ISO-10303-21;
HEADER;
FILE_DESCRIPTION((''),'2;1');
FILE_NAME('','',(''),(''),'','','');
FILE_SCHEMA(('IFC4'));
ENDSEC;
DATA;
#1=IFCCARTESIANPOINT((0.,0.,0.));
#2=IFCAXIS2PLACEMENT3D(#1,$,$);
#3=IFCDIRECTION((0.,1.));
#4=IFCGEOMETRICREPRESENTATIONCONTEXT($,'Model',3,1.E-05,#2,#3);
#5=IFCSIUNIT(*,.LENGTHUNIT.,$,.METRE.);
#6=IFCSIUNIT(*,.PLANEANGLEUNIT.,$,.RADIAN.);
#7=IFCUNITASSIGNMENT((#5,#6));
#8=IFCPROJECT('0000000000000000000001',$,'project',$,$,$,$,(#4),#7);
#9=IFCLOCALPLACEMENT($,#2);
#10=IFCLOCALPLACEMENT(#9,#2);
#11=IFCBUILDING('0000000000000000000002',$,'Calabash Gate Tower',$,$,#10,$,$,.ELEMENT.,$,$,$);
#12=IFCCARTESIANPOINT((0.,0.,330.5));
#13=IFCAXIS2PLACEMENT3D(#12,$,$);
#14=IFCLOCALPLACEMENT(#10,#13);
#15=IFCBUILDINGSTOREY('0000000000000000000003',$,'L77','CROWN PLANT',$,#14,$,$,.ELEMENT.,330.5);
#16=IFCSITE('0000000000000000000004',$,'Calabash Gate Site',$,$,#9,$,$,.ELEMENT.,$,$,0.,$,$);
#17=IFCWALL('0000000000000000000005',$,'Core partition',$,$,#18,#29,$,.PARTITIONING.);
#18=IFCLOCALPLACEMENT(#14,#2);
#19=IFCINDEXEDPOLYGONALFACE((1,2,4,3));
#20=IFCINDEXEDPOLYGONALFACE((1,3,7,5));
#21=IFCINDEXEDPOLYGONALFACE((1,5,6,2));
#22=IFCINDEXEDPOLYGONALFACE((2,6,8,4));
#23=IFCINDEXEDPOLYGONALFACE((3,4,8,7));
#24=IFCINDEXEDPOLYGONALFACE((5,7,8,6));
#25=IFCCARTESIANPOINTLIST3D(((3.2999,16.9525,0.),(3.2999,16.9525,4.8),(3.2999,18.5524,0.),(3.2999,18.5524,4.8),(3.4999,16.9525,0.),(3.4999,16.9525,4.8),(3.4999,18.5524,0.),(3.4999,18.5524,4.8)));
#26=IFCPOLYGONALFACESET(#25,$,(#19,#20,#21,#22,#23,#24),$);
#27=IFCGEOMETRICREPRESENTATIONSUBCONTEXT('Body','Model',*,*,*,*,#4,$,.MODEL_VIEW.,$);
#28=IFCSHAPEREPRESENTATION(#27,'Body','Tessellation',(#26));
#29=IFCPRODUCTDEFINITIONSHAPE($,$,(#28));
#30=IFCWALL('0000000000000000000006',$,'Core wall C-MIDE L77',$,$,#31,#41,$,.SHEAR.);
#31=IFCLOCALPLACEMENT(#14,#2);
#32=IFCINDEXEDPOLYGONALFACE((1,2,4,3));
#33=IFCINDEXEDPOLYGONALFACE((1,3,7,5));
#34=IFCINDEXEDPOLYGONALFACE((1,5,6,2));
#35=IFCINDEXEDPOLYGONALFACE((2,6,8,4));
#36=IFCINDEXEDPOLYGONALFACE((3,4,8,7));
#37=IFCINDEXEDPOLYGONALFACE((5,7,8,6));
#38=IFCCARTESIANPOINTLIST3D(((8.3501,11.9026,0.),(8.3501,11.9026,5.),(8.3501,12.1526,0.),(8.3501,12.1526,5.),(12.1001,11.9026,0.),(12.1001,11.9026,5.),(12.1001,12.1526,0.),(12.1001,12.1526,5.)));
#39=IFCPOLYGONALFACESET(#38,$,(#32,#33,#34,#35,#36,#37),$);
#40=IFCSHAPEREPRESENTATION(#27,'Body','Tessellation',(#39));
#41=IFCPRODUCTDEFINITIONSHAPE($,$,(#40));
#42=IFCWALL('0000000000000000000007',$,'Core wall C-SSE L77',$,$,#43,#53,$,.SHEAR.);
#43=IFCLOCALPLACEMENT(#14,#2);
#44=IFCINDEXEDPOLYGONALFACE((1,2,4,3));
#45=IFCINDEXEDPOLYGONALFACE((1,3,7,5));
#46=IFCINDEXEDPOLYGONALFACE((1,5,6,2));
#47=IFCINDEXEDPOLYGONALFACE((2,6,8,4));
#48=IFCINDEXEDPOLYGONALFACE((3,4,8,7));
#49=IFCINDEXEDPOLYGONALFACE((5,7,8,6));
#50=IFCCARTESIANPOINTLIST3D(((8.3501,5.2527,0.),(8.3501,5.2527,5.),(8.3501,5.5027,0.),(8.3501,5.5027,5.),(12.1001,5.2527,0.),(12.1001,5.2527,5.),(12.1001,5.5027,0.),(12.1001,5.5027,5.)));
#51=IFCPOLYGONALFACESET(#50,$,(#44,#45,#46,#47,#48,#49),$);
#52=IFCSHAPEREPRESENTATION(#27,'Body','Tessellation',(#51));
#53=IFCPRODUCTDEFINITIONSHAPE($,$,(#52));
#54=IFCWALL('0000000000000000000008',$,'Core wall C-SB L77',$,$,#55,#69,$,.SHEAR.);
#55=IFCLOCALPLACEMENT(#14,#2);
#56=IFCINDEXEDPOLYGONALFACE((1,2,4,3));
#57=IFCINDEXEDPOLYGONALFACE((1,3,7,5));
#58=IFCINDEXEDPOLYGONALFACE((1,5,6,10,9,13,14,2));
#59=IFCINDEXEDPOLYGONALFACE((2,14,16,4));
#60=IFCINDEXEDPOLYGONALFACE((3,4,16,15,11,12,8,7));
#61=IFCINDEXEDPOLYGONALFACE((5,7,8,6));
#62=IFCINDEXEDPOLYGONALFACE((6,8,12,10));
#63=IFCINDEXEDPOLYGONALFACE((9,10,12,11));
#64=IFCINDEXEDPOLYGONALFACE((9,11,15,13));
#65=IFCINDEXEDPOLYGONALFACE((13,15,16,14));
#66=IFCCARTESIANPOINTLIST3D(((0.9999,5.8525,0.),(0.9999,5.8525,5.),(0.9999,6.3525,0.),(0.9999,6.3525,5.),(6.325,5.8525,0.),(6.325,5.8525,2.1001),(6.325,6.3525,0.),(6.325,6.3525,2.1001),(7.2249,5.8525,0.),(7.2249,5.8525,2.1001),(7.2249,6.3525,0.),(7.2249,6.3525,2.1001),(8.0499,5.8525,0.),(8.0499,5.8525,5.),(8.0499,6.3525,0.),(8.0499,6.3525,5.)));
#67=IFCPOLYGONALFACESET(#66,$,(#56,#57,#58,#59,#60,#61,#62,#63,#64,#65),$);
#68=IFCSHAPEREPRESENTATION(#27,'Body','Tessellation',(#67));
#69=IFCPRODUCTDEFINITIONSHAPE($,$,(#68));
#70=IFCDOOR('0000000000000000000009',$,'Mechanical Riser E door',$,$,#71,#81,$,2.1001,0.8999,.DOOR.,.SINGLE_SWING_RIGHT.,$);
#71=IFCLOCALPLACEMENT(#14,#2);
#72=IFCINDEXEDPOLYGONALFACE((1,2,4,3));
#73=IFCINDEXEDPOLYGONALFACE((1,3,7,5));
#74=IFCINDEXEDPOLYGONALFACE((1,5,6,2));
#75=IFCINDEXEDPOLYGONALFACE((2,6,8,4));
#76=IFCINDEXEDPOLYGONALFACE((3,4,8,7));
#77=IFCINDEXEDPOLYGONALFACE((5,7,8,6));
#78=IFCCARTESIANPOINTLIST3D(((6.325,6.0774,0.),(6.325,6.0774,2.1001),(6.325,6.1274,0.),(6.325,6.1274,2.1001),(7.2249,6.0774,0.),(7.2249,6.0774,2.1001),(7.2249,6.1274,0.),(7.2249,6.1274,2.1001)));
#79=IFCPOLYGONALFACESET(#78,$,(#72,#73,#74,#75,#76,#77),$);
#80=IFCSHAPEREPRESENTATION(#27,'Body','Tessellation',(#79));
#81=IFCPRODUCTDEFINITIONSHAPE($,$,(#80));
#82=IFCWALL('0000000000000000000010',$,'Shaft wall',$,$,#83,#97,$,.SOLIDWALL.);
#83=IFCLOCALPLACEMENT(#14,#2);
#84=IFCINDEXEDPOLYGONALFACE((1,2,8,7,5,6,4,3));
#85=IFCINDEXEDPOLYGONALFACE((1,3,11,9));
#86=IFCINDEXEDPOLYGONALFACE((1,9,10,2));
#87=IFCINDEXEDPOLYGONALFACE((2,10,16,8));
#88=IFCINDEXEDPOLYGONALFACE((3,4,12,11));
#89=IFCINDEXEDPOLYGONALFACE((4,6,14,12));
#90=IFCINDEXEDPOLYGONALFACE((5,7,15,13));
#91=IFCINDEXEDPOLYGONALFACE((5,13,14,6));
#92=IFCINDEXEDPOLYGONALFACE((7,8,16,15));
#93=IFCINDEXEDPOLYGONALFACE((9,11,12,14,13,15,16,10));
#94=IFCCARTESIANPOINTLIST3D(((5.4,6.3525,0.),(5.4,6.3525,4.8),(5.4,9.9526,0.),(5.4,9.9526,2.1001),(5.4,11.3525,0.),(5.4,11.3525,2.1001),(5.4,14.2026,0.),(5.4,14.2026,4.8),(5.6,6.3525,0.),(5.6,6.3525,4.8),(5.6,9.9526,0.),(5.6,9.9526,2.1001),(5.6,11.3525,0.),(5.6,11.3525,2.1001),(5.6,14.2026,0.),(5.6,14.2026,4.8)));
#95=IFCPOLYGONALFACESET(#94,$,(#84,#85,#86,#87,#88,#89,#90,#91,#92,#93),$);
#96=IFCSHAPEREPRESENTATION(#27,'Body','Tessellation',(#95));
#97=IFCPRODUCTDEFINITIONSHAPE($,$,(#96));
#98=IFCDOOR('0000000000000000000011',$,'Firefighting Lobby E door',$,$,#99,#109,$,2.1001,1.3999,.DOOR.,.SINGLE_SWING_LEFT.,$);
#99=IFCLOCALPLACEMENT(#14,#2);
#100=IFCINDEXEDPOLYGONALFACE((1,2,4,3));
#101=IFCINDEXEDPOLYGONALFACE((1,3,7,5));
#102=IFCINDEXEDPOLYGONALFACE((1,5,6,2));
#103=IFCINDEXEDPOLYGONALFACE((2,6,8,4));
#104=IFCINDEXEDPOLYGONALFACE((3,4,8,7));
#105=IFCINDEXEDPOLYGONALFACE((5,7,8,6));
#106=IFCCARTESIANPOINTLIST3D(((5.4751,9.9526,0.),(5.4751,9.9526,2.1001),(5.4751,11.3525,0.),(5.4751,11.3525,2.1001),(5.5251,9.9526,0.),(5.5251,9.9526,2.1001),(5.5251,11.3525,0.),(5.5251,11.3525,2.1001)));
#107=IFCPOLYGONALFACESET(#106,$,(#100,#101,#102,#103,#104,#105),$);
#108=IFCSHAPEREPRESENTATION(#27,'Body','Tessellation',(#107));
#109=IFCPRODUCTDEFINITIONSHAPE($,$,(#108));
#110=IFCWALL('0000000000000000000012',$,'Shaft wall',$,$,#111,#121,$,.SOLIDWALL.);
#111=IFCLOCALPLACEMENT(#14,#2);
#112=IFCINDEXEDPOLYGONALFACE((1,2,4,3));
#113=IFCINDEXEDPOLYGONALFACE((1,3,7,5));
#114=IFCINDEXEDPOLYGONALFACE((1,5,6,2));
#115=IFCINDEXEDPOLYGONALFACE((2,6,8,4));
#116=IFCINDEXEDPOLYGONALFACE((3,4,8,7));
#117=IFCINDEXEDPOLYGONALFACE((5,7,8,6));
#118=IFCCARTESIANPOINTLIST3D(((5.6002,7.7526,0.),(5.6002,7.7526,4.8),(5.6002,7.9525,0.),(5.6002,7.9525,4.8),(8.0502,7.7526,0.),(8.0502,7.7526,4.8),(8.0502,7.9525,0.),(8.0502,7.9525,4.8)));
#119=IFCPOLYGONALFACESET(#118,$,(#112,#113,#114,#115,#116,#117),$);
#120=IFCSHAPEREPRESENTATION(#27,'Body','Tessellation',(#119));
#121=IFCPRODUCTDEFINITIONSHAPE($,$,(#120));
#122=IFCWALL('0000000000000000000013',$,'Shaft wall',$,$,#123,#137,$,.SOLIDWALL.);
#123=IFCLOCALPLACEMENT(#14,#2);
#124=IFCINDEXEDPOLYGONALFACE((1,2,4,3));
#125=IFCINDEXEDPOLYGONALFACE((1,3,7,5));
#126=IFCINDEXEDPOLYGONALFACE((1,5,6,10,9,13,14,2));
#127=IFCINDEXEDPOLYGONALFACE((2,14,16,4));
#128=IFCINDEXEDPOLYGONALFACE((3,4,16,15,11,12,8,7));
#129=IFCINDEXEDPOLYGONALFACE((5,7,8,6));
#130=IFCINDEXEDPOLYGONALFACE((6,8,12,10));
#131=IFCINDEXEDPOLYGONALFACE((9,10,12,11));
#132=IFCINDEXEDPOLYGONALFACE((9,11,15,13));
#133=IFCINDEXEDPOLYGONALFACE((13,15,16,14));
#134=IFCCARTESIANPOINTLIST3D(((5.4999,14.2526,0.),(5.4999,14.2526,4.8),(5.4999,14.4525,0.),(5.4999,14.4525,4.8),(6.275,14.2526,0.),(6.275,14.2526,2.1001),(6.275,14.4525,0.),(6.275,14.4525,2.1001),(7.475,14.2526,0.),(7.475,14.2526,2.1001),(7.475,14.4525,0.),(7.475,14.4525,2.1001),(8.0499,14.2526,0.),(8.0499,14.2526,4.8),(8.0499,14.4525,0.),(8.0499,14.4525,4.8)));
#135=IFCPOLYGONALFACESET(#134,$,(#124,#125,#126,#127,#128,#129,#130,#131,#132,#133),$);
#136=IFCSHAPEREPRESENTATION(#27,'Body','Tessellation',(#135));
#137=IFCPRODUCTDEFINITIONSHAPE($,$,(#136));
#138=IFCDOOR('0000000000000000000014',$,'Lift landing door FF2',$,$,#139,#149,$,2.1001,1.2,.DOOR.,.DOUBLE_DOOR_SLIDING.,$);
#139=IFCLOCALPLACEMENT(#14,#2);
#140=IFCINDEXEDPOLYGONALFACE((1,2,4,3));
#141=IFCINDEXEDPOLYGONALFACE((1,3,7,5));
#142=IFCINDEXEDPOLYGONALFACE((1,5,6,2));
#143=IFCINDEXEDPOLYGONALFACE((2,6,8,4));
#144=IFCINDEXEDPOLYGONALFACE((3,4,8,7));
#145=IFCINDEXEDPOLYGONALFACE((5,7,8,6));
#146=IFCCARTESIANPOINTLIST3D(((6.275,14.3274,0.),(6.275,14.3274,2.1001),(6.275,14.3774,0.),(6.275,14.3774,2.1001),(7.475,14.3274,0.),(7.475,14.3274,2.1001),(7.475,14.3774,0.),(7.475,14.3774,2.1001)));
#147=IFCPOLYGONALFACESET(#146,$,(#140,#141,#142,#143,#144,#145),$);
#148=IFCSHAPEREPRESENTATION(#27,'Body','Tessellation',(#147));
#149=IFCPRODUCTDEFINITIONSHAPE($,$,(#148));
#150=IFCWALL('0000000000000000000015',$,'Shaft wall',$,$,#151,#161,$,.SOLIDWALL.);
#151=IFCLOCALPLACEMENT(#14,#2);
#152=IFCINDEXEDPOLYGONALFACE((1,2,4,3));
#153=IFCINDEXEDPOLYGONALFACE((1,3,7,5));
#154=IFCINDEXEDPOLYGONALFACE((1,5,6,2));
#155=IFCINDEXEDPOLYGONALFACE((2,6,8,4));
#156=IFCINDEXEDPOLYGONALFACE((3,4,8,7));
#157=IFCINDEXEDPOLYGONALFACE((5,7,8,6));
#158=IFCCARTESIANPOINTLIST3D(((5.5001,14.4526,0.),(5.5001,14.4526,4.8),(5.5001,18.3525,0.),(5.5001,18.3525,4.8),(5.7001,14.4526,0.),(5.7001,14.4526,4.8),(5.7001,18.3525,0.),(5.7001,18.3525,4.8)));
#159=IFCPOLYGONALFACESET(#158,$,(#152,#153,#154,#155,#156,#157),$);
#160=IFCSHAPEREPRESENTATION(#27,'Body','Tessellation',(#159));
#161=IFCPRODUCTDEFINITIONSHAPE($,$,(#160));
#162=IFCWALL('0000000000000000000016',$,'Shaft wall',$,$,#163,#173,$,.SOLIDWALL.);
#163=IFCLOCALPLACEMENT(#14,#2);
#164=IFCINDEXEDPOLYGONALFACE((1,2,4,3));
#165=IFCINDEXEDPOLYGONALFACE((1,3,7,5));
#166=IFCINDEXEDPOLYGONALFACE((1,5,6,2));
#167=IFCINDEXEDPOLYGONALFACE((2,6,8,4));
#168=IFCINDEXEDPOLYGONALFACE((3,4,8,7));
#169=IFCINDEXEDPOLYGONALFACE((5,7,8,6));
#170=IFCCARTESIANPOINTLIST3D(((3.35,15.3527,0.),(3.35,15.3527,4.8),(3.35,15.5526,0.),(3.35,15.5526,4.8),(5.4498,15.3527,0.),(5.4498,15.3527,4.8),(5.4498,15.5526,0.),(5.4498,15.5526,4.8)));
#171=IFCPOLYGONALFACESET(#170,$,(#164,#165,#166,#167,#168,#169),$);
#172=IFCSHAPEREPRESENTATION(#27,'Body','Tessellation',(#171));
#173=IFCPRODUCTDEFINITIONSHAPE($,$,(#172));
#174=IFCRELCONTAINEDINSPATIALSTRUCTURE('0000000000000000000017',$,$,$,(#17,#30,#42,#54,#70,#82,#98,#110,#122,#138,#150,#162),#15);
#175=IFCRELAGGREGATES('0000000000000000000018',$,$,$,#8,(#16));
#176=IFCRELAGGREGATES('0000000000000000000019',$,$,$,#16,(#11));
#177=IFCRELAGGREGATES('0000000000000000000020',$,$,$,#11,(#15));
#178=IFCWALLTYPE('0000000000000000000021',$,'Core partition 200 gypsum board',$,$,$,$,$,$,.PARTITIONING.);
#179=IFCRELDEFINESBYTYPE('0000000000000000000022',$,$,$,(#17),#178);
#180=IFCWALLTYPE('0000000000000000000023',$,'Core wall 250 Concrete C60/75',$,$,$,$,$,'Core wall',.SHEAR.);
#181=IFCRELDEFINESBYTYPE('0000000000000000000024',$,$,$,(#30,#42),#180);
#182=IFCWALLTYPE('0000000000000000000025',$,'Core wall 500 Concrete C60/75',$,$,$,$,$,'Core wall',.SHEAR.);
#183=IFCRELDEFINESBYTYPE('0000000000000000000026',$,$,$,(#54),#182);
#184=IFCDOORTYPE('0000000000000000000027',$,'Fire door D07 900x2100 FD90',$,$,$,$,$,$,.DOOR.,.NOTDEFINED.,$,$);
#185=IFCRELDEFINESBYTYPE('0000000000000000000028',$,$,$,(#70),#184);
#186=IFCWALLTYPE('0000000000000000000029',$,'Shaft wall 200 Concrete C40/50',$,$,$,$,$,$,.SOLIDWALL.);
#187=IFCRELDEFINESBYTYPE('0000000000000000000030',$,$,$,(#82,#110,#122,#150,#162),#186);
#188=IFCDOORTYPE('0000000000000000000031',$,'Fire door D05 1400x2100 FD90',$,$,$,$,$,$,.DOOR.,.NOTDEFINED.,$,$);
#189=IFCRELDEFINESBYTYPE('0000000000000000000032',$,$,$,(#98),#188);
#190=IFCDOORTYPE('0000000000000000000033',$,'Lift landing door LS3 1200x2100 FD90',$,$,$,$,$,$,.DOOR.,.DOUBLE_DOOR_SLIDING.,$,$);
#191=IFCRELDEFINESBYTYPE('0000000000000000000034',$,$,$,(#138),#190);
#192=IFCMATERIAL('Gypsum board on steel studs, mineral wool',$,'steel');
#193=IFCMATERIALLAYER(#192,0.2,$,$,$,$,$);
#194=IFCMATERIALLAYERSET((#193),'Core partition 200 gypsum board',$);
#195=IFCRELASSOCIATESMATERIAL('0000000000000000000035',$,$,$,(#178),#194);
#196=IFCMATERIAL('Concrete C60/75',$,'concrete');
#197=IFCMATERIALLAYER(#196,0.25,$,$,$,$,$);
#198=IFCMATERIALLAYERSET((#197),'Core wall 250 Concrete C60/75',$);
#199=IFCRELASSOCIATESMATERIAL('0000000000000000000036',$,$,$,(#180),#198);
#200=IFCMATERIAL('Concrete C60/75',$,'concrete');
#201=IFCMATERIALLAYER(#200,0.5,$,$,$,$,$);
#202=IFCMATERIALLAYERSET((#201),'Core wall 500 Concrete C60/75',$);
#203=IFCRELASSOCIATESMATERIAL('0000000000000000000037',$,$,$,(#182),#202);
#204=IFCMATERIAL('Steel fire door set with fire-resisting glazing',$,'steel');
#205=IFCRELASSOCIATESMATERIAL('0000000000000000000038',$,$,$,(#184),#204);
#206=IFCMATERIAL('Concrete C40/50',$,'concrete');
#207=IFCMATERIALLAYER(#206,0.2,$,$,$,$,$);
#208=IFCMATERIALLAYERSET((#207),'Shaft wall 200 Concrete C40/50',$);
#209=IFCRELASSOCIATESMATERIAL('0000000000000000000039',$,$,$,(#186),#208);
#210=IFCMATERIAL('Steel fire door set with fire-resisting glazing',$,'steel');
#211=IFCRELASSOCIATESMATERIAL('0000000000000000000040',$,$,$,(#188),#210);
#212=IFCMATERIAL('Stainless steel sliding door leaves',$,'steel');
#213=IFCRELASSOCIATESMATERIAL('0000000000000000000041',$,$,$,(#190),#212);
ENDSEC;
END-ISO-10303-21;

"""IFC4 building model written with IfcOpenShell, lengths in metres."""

from ifc_helpers import new_model, si_unit, direction, frame, frame_2d, origin, place, context, subcontext, project, spatial, rectangle, extrude, material, layer, layer_set, type_object, element, fill, save


model = new_model("IFC4")

# Units and contexts
model_context = context("Model", 3, precision=1e-05, world=origin(), true_north=direction((0.0, 1.0)))
body_context = subcontext(model_context, "Body", "Model", "MODEL_VIEW")
ifc_project = project(units=[si_unit("LENGTHUNIT", "METRE"), si_unit("PLANEANGLEUNIT", "RADIAN")], contexts=[model_context])

# Site, building, storey
site_placement = place(None, origin())
site = spatial("IfcSite", under=ifc_project, at=site_placement, Name="Calabash Gate Site", CompositionType="ELEMENT", RefElevation=0.0)
building_placement = place(site_placement, origin())
building = spatial("IfcBuilding", under=site, at=building_placement, Name="Calabash Gate Tower", CompositionType="ELEMENT")
storey_placement = place(building_placement, frame((0.0, 0.0, 330.5)))
storey = spatial("IfcBuildingStorey", under=building, at=storey_placement, Name="L77", Description="CROWN PLANT", CompositionType="ELEMENT", Elevation=330.5)

# Shared definitions
ifc_material_1 = material(Name="Gypsum board on steel studs, mineral wool", Category="steel")
ifc_layer_1 = layer(ifc_material_1, 0.2)
ifc_layer_set_1 = layer_set([ifc_layer_1], Name="Core partition 200 gypsum board")
wall_type_1 = type_object("IfcWallType", Name="Core partition 200 gypsum board", PredefinedType="PARTITIONING", material=ifc_layer_set_1)

# Walls
for number, where, z_axis, x_axis, name in (
    (1, (3.3999, 16.9526, 0.0), (0.0, 0.0, 1.0), (0.0, 1.0, 0.0), "Core partition"),
):
    element("IfcWall", number, at=place(storey_placement, frame(where, z_axis=z_axis, x_axis=x_axis)), inside=storey, type_object=wall_type_1, Name=name, PredefinedType="PARTITIONING", context=body_context, shape_type="SweptSolid", body=[
        extrude(rectangle(XDim=1.5999, YDim=0.2, at=frame_2d((0.7998, 0.0))), origin(), (0.0, 0.0, 1.0), 4.8),
    ])
ifc_material_2 = material(Name="Concrete C60/75", Category="concrete")
ifc_layer_2 = layer(ifc_material_2, 0.25)
ifc_layer_set_2 = layer_set([ifc_layer_2], Name="Core wall 250 Concrete C60/75")
wall_type_2 = type_object("IfcWallType", Name="Core wall 250 Concrete C60/75", ElementType="Core wall", PredefinedType="SHEAR", material=ifc_layer_set_2)
for number, where, z_axis, x_axis, name in (
    (2, (8.3501, 12.0276, 0.0), (0.0, 0.0, 1.0), (1.0, 0.0, 0.0), "Core wall C-MIDE L77"),
    (3, (8.3501, 5.3777, 0.0), (0.0, 0.0, 1.0), (1.0, 0.0, 0.0), "Core wall C-SSE L77"),
):
    element("IfcWall", number, at=place(storey_placement, frame(where, z_axis=z_axis, x_axis=x_axis)), inside=storey, type_object=wall_type_2, Name=name, PredefinedType="SHEAR", context=body_context, shape_type="SweptSolid", body=[
        extrude(rectangle(XDim=3.75, YDim=0.25, at=frame_2d((1.875, 0.0))), origin(), (0.0, 0.0, 1.0), 5.0),
    ])

# Walls, openings, doors
ifc_material_3 = material(Name="Concrete C60/75", Category="concrete")
ifc_layer_3 = layer(ifc_material_3, 0.5)
ifc_layer_set_3 = layer_set([ifc_layer_3], Name="Core wall 500 Concrete C60/75")
wall_type_3 = type_object("IfcWallType", Name="Core wall 500 Concrete C60/75", ElementType="Core wall", PredefinedType="SHEAR", material=ifc_layer_set_3)
wall_1_placement = place(storey_placement, frame((1.0, 6.1025, 0.0), z_axis=(0.0, 0.0, 1.0), x_axis=(1.0, 0.0, 0.0)))
wall_1 = element("IfcWall", 4, at=wall_1_placement, inside=storey, type_object=wall_type_3, Name="Core wall C-SB L77", PredefinedType="SHEAR", context=body_context, shape_type="SweptSolid", body=[
    extrude(rectangle(XDim=7.05, YDim=0.5, at=frame_2d((3.5249, 0.0))), origin(), (0.0, 0.0, 1.0), 5.0),
])
opening_1_placement = place(wall_1_placement, frame((5.325, 0.0, 0.0)))
opening_1 = element("IfcOpeningElement", 5, at=opening_1_placement, cuts=wall_1, PredefinedType="OPENING", context=body_context, shape_type="SweptSolid", body=[
    extrude(rectangle(XDim=0.8999, YDim=2.1001, at=frame_2d((0.45, 1.05))), frame((0.0, 0.26, 0.0), z_axis=(0.0, -1.0, 0.0), x_axis=(1.0, 0.0, 0.0)), (0.0, 0.0, 1.0), 0.52),
])
ifc_material_4 = material(Name="Steel fire door set with fire-resisting glazing", Category="steel")
door_type_1 = type_object("IfcDoorType", Name="Fire door D07 900x2100 FD90", OperationType="NOTDEFINED", PredefinedType="DOOR", material=ifc_material_4)
door_1_placement = place(opening_1_placement, origin())
door_1 = element("IfcDoor", 6, at=door_1_placement, inside=storey, type_object=door_type_1, Name="Mechanical Riser E door", OperationType="SINGLE_SWING_RIGHT", OverallHeight=2.1001, OverallWidth=0.8999, PredefinedType="DOOR", context=body_context, shape_type="SweptSolid", body=[
    extrude(rectangle(XDim=0.8999, YDim=2.1001, at=frame_2d((0.45, 1.05))), frame((0.0, 0.0249, 0.0), z_axis=(0.0, -1.0, 0.0), x_axis=(1.0, 0.0, 0.0)), (0.0, 0.0, 1.0), 0.05),
])
fill(opening_1, door_1)
ifc_material_5 = material(Name="Concrete C40/50", Category="concrete")
ifc_layer_4 = layer(ifc_material_5, 0.2)
ifc_layer_set_4 = layer_set([ifc_layer_4], Name="Shaft wall 200 Concrete C40/50")
wall_type_4 = type_object("IfcWallType", Name="Shaft wall 200 Concrete C40/50", PredefinedType="SOLIDWALL", material=ifc_layer_set_4)
wall_2_placement = place(storey_placement, frame((5.5, 6.3525, 0.0), z_axis=(0.0, 0.0, 1.0), x_axis=(0.0, 1.0, 0.0)))
wall_2 = element("IfcWall", 7, at=wall_2_placement, inside=storey, type_object=wall_type_4, Name="Shaft wall", PredefinedType="SOLIDWALL", context=body_context, shape_type="SweptSolid", body=[
    extrude(rectangle(XDim=7.8501, YDim=0.2, at=frame_2d((3.925, 0.0))), origin(), (0.0, 0.0, 1.0), 4.8),
])
opening_2_placement = place(wall_2_placement, frame((3.6001, 0.0, 0.0)))
opening_2 = element("IfcOpeningElement", 8, at=opening_2_placement, cuts=wall_2, PredefinedType="OPENING", context=body_context, shape_type="SweptSolid", body=[
    extrude(rectangle(XDim=1.3999, YDim=2.1001, at=frame_2d((0.7, 1.05))), frame((0.0, 0.1099, 0.0), z_axis=(0.0, -1.0, 0.0), x_axis=(1.0, 0.0, 0.0)), (0.0, 0.0, 1.0), 0.22),
])
ifc_material_6 = material(Name="Steel fire door set with fire-resisting glazing", Category="steel")
door_type_2 = type_object("IfcDoorType", Name="Fire door D05 1400x2100 FD90", OperationType="NOTDEFINED", PredefinedType="DOOR", material=ifc_material_6)
door_2_placement = place(opening_2_placement, origin())
door_2 = element("IfcDoor", 9, at=door_2_placement, inside=storey, type_object=door_type_2, Name="Firefighting Lobby E door", OperationType="SINGLE_SWING_LEFT", OverallHeight=2.1001, OverallWidth=1.3999, PredefinedType="DOOR", context=body_context, shape_type="SweptSolid", body=[
    extrude(rectangle(XDim=1.3999, YDim=2.1001, at=frame_2d((0.7, 1.05))), frame((0.0, 0.0249, 0.0), z_axis=(0.0, -1.0, 0.0), x_axis=(1.0, 0.0, 0.0)), (0.0, 0.0, 1.0), 0.05),
])
fill(opening_2, door_2)

# Wall
wall_3_placement = place(storey_placement, frame((5.6001, 7.8525, 0.0), z_axis=(0.0, 0.0, 1.0), x_axis=(1.0, 0.0, 0.0)))
element("IfcWall", 10, at=wall_3_placement, inside=storey, type_object=wall_type_4, Name="Shaft wall", PredefinedType="SOLIDWALL", context=body_context, shape_type="SweptSolid", body=[
    extrude(rectangle(XDim=2.45, YDim=0.2, at=frame_2d((1.2251, 0.0))), origin(), (0.0, 0.0, 1.0), 4.8),
])

# Wall, opening, door
wall_4_placement = place(storey_placement, frame((5.5, 14.3525, 0.0), z_axis=(0.0, 0.0, 1.0), x_axis=(1.0, 0.0, 0.0)))
wall_4 = element("IfcWall", 11, at=wall_4_placement, inside=storey, type_object=wall_type_4, Name="Shaft wall", PredefinedType="SOLIDWALL", context=body_context, shape_type="SweptSolid", body=[
    extrude(rectangle(XDim=2.55, YDim=0.2, at=frame_2d((1.2749, 0.0))), origin(), (0.0, 0.0, 1.0), 4.8),
])
opening_3_placement = place(wall_4_placement, frame((0.7749, 0.0, 0.0)))
opening_3 = element("IfcOpeningElement", 12, at=opening_3_placement, cuts=wall_4, PredefinedType="OPENING", context=body_context, shape_type="SweptSolid", body=[
    extrude(rectangle(XDim=1.2, YDim=2.1001, at=frame_2d((0.6001, 1.05))), frame((0.0, 0.1099, 0.0), z_axis=(0.0, -1.0, 0.0), x_axis=(1.0, 0.0, 0.0)), (0.0, 0.0, 1.0), 0.22),
])
ifc_material_7 = material(Name="Stainless steel sliding door leaves", Category="steel")
door_type_3 = type_object("IfcDoorType", Name="Lift landing door LS3 1200x2100 FD90", OperationType="DOUBLE_DOOR_SLIDING", PredefinedType="DOOR", material=ifc_material_7)
door_3_placement = place(opening_3_placement, origin())
door_3 = element("IfcDoor", 13, at=door_3_placement, inside=storey, type_object=door_type_3, Name="Lift landing door FF2", OperationType="DOUBLE_DOOR_SLIDING", OverallHeight=2.1001, OverallWidth=1.2, PredefinedType="DOOR", context=body_context, shape_type="SweptSolid", body=[
    extrude(rectangle(XDim=1.2, YDim=2.1001, at=frame_2d((0.6001, 1.05))), frame((0.0, 0.0249, 0.0), z_axis=(0.0, -1.0, 0.0), x_axis=(1.0, 0.0, 0.0)), (0.0, 0.0, 1.0), 0.05),
])
fill(opening_3, door_3)

# Walls
wall_5_placement = place(storey_placement, frame((5.6001, 14.4526, 0.0), z_axis=(0.0, 0.0, 1.0), x_axis=(0.0, 1.0, 0.0)))
element("IfcWall", 14, at=wall_5_placement, inside=storey, type_object=wall_type_4, Name="Shaft wall", PredefinedType="SOLIDWALL", context=body_context, shape_type="SweptSolid", body=[
    extrude(rectangle(XDim=3.8999, YDim=0.2, at=frame_2d((1.95, 0.0))), origin(), (0.0, 0.0, 1.0), 4.8),
])
wall_6_placement = place(storey_placement, frame((3.3501, 15.4526, 0.0), z_axis=(0.0, 0.0, 1.0), x_axis=(1.0, 0.0, 0.0)))
element("IfcWall", 15, at=wall_6_placement, inside=storey, type_object=wall_type_4, Name="Shaft wall", PredefinedType="SOLIDWALL", context=body_context, shape_type="SweptSolid", body=[
    extrude(rectangle(XDim=2.0999, YDim=0.2, at=frame_2d((1.0498, 0.0))), origin(), (0.0, 0.0, 1.0), 4.8),
])

save(model, "model.ifc")
